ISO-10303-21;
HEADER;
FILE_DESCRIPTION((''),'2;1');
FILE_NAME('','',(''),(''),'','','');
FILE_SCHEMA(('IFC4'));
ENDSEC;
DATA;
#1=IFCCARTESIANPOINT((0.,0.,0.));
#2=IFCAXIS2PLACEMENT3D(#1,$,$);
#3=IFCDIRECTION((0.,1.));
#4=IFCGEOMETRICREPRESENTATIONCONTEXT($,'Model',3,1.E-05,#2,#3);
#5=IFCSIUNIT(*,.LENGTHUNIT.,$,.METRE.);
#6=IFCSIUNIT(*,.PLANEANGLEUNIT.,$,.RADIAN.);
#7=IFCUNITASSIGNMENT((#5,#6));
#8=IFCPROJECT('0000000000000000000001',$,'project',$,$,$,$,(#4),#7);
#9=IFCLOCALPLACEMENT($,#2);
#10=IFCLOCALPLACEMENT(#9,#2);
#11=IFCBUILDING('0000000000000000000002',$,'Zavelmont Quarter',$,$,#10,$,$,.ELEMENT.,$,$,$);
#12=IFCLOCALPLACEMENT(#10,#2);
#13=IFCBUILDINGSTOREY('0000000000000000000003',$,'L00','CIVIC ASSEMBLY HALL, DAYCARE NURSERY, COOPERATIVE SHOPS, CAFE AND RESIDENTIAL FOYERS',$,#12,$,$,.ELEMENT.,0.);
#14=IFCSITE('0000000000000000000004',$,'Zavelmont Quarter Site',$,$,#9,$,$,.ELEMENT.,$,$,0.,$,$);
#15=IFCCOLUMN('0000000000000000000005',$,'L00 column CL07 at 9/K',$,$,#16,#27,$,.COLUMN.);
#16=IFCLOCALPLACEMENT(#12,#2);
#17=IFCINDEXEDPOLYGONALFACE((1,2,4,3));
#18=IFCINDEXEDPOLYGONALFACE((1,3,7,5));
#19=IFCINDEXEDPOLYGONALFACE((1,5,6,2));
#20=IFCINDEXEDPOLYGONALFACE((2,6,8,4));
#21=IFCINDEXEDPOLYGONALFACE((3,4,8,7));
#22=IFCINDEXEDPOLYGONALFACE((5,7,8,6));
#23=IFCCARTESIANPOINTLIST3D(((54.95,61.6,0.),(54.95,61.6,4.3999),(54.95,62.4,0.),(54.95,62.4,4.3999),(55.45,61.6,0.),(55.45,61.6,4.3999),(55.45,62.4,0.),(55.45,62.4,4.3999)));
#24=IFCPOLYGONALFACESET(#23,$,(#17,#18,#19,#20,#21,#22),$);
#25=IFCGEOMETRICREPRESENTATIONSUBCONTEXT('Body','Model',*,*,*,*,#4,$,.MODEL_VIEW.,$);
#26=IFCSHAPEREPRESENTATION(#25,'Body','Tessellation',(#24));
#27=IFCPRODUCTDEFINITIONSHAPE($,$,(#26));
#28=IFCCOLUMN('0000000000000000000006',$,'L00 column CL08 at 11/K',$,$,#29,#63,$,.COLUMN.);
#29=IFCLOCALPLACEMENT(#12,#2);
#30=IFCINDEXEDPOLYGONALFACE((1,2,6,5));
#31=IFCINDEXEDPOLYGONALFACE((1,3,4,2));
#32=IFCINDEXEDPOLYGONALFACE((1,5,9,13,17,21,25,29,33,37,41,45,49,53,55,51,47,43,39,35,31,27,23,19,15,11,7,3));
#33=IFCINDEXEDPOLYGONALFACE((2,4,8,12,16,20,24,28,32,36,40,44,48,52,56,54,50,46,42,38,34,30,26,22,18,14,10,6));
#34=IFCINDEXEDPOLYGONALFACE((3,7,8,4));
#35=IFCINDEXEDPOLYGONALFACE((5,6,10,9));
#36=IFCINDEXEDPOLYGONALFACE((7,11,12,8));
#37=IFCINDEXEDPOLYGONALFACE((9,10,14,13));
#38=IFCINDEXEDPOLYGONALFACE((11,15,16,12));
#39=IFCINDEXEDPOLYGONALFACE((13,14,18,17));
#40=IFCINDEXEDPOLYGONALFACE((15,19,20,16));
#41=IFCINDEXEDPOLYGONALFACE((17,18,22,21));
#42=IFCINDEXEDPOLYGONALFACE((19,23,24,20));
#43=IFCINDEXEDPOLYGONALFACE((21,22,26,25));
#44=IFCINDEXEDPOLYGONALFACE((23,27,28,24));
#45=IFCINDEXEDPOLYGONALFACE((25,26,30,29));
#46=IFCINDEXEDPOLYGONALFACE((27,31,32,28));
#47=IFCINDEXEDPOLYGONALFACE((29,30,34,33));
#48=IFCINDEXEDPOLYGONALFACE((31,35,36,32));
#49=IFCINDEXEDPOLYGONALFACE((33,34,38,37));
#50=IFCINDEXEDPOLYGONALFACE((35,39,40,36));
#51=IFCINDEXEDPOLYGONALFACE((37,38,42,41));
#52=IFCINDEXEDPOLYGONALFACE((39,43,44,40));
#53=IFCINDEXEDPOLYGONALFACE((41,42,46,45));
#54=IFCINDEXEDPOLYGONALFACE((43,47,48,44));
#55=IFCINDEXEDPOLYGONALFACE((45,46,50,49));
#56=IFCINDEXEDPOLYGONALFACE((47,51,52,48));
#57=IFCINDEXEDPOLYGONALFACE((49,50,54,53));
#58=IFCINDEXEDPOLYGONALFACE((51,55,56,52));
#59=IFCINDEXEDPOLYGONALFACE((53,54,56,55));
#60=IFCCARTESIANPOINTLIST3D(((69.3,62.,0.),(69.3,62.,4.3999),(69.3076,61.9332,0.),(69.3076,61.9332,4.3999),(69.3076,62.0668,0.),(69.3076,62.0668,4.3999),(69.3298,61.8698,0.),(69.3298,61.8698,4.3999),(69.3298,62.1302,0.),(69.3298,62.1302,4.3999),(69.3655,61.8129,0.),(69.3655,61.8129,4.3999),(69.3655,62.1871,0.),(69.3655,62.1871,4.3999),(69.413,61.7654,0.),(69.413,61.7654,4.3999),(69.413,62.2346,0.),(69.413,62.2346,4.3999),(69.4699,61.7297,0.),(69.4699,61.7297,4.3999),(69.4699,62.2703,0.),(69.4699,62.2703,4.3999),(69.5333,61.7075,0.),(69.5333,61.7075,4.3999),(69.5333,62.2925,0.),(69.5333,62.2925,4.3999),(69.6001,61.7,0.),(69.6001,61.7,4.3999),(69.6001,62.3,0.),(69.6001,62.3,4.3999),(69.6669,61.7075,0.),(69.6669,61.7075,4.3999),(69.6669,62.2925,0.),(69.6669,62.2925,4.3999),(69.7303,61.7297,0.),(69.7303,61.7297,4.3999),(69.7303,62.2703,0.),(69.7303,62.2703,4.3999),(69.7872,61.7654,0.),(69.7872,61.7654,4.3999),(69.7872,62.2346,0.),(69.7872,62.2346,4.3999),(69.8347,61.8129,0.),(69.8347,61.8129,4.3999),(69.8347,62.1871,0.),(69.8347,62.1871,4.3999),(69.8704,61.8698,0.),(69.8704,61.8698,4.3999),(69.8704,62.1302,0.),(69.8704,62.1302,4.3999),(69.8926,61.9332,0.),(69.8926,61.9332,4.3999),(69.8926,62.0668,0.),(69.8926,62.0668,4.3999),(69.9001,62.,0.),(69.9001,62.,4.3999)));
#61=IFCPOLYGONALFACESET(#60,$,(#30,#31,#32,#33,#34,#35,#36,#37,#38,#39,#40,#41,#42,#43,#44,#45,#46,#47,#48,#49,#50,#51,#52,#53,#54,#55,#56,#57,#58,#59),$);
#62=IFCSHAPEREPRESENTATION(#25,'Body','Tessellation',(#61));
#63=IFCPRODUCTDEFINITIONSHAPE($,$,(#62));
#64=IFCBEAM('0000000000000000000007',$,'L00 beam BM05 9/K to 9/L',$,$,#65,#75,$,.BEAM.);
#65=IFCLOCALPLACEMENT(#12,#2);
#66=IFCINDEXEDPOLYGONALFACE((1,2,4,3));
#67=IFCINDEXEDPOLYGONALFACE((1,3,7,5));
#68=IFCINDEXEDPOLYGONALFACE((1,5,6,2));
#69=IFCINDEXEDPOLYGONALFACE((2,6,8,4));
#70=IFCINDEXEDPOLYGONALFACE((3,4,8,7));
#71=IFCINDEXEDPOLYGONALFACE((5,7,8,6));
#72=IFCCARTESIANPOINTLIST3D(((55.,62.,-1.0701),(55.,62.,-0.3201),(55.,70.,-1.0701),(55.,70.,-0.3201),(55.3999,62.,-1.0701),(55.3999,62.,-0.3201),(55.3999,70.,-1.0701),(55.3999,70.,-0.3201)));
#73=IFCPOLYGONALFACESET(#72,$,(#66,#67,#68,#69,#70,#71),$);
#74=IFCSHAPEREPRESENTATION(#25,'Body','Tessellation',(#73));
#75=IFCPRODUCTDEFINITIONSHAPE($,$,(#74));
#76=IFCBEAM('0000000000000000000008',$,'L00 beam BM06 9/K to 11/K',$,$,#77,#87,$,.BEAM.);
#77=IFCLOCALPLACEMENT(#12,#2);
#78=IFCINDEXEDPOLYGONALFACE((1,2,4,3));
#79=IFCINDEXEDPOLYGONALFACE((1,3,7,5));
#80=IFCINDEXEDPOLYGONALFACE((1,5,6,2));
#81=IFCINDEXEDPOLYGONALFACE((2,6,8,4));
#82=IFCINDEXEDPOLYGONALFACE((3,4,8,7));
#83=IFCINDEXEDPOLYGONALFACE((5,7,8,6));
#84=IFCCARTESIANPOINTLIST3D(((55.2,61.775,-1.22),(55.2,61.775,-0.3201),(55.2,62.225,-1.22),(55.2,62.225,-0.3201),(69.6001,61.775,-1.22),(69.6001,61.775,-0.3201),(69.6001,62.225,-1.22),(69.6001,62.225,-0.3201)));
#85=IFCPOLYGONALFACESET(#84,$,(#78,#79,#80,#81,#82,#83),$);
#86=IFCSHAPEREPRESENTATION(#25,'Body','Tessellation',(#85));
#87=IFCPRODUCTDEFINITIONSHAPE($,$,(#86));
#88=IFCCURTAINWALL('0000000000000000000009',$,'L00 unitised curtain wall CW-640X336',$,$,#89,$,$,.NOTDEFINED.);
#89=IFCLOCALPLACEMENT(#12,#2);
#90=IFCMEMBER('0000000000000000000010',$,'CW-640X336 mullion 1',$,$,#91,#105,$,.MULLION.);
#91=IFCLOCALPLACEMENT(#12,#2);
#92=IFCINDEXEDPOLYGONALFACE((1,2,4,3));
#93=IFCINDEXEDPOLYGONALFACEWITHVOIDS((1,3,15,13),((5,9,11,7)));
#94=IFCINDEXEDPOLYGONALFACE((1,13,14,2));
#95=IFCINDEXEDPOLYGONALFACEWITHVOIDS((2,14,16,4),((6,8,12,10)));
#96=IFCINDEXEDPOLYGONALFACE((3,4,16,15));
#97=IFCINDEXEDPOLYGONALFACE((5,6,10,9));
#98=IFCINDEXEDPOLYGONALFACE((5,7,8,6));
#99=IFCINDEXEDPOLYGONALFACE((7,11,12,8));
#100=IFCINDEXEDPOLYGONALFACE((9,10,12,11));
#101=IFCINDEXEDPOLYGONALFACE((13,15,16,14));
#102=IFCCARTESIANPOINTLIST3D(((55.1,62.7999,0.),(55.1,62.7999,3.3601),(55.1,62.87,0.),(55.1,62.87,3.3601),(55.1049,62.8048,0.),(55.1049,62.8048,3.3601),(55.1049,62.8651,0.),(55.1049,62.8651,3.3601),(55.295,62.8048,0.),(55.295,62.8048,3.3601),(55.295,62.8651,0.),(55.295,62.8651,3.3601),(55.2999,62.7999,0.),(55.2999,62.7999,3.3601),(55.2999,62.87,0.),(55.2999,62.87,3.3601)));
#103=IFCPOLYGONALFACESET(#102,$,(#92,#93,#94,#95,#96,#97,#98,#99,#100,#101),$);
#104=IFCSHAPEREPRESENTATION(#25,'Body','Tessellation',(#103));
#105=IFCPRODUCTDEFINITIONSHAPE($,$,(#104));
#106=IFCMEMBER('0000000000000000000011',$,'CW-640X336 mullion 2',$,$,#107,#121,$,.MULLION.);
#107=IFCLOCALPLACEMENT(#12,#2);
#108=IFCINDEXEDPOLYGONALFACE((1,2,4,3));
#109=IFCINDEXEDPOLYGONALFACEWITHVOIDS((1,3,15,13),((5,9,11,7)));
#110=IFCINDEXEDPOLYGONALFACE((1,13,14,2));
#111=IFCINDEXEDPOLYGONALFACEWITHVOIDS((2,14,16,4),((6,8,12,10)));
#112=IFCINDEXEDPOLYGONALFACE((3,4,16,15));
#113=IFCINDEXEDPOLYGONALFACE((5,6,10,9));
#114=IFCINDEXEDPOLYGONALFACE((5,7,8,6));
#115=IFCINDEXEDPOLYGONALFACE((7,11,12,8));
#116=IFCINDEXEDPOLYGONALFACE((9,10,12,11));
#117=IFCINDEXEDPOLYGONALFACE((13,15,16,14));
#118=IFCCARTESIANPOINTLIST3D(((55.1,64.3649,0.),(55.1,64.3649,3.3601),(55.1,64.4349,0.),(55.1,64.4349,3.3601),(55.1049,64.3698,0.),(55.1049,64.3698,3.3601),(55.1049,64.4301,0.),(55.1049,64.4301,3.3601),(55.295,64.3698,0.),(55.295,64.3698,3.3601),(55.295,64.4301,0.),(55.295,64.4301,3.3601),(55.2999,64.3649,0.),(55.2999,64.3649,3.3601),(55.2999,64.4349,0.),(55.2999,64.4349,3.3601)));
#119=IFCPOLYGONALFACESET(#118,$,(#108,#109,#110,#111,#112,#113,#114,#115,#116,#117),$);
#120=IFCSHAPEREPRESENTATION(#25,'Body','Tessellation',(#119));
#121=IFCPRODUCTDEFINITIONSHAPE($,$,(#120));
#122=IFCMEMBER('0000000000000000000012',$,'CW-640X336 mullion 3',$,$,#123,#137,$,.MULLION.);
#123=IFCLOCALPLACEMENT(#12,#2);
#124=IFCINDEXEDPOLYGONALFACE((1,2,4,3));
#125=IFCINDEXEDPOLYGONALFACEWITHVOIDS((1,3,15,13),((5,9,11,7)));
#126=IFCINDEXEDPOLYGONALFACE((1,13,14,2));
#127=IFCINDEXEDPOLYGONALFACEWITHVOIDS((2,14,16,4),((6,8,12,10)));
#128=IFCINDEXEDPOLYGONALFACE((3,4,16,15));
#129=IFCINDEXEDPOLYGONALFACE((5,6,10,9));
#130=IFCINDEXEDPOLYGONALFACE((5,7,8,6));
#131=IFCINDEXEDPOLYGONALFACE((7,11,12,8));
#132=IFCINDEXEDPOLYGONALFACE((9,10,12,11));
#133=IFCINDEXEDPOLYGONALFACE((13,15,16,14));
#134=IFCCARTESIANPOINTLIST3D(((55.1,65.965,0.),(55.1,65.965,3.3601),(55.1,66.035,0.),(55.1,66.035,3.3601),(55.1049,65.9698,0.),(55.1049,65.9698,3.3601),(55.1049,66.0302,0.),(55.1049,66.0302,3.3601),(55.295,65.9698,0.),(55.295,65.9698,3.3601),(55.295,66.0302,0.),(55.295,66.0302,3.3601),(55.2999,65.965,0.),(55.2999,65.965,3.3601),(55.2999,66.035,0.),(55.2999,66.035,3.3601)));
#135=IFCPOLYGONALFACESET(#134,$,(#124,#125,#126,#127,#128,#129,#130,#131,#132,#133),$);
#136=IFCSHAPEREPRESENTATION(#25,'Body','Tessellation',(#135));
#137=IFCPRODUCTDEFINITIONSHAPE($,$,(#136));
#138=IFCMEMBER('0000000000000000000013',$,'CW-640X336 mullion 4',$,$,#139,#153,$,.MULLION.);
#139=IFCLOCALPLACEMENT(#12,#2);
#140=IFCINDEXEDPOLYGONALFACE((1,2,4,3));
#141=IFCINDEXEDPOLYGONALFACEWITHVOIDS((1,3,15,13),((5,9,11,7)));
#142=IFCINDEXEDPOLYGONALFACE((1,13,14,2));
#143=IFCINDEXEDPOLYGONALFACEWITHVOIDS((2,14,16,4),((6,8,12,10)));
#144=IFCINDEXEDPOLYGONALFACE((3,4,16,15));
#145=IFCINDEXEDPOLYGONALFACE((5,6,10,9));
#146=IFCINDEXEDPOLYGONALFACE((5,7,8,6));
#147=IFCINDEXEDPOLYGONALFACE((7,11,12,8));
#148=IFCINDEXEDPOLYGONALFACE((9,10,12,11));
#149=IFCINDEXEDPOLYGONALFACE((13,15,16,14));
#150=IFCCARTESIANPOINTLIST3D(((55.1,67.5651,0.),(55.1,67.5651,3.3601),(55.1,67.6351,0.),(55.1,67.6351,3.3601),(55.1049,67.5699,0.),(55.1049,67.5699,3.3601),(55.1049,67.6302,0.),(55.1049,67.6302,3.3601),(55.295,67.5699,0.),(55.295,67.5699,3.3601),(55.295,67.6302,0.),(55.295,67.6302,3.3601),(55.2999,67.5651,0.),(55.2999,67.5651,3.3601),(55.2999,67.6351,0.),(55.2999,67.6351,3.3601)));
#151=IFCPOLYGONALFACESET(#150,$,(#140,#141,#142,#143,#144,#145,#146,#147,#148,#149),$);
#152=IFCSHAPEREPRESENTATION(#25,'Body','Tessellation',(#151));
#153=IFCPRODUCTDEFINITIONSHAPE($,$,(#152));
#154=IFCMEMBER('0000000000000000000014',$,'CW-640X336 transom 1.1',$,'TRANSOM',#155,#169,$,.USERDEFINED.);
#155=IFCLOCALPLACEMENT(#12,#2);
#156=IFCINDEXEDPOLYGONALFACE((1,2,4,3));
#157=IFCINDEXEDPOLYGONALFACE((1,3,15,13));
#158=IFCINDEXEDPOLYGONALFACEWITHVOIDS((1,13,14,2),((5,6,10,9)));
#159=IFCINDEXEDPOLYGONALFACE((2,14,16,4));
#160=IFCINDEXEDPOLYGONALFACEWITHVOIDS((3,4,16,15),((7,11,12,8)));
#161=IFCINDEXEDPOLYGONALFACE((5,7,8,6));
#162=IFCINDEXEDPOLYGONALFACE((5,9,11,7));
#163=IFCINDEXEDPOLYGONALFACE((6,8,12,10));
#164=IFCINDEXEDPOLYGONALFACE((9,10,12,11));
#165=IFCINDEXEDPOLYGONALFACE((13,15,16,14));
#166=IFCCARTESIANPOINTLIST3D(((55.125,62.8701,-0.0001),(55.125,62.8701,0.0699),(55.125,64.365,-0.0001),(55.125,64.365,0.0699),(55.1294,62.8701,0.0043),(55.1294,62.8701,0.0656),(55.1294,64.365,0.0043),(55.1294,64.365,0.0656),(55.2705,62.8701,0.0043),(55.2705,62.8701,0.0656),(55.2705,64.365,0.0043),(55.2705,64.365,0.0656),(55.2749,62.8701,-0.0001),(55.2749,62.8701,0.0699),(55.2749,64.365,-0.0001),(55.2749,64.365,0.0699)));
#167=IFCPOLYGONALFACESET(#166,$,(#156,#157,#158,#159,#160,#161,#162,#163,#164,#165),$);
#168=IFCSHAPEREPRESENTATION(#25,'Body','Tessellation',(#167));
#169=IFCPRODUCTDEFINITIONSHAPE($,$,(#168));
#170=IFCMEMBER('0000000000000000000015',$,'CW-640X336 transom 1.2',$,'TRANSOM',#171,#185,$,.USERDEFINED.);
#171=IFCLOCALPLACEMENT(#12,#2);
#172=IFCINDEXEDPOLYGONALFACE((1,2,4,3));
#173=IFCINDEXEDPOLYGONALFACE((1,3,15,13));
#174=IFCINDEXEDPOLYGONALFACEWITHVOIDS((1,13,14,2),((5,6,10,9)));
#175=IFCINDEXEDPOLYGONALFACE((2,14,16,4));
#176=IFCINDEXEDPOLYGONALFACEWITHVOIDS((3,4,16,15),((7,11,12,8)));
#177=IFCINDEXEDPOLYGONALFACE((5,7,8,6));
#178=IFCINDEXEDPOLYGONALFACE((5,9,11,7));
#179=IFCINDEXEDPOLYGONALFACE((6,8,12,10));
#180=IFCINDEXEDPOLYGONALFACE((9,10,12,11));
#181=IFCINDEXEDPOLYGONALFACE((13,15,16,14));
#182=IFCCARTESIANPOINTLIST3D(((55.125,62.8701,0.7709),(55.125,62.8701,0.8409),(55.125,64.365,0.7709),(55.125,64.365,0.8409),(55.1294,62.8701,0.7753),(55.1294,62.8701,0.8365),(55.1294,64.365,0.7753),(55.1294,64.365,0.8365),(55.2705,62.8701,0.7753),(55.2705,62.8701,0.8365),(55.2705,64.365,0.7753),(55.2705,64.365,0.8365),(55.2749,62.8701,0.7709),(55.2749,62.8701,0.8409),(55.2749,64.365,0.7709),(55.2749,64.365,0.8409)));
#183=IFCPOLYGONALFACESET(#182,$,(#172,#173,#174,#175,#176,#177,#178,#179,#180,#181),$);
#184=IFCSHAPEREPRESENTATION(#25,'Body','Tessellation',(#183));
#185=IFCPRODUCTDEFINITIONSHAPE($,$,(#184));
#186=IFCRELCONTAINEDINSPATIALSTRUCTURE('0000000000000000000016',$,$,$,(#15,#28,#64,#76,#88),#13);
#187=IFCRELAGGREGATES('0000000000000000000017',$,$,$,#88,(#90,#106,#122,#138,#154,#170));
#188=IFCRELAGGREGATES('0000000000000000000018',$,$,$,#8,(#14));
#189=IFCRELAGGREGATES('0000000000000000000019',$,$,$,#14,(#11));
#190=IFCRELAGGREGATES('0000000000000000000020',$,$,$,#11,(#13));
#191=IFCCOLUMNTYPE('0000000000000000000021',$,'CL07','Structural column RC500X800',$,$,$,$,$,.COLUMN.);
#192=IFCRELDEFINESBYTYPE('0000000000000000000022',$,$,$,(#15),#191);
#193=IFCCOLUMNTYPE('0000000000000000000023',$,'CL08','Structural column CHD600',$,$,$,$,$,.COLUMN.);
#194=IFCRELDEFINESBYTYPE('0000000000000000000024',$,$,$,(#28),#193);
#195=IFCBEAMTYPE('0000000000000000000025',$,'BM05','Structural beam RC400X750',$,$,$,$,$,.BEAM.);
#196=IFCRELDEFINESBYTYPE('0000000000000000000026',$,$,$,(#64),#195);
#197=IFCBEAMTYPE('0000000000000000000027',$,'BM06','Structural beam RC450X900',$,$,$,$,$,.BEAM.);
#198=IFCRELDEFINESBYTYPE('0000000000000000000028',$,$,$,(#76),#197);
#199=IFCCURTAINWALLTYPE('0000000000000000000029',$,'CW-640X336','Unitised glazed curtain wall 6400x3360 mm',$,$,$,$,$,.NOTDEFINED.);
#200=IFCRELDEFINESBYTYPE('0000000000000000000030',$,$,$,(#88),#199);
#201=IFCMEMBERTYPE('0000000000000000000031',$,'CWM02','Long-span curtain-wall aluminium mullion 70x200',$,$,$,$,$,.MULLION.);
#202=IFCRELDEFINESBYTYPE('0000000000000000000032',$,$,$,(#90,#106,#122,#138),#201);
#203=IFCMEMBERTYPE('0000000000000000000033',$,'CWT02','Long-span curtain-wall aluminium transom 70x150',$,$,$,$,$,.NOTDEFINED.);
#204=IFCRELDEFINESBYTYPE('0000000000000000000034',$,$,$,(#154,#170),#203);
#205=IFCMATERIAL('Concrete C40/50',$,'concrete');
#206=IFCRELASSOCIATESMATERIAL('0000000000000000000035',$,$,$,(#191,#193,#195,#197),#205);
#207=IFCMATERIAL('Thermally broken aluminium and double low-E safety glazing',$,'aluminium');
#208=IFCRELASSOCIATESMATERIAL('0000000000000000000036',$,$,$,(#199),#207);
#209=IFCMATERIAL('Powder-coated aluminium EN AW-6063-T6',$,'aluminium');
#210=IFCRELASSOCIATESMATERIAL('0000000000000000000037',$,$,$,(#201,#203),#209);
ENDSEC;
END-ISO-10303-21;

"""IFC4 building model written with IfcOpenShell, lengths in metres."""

from ifc_helpers import new_model, si_unit, direction, frame, origin, origin_2d, place, context, subcontext, project, spatial, rectangle, hollow_rectangle, circle, extrude, material, material_profile, profile_set, type_object, element, aggregate, save


model = new_model("IFC4")

# Units and contexts
model_context = context("Model", 3, precision=1e-05, world=origin(), true_north=direction((0.0, 1.0)))
body_context = subcontext(model_context, "Body", "Model", "MODEL_VIEW")
ifc_project = project(units=[si_unit("LENGTHUNIT", "METRE"), si_unit("PLANEANGLEUNIT", "RADIAN")], contexts=[model_context])

# Site, building, storey
site_placement = place(None, origin())
site = spatial("IfcSite", under=ifc_project, at=site_placement, Name="Zavelmont Quarter Site", CompositionType="ELEMENT", RefElevation=0.0)
building_placement = place(site_placement, origin())
building = spatial("IfcBuilding", under=site, at=building_placement, Name="Zavelmont Quarter", CompositionType="ELEMENT")
storey_placement = place(building_placement, origin())
storey = spatial("IfcBuildingStorey", under=building, at=storey_placement, Name="L00", Description="CIVIC ASSEMBLY HALL, DAYCARE NURSERY, COOPERATIVE SHOPS, CAFE AND RESIDENTIAL FOYERS", CompositionType="ELEMENT", Elevation=0.0)

# Columns
ifc_material_1 = material(Name="Concrete C40/50", Category="concrete")
ifc_material_profile_1 = material_profile(ifc_material_1, rectangle(XDim=0.5, YDim=0.8, at=origin_2d()), Name="RC500X800")
ifc_profile_set_1 = profile_set([ifc_material_profile_1], Name="Concrete C40/50")
column_type_1 = type_object("IfcColumnType", Name="CL07", Description="Structural column RC500X800", PredefinedType="COLUMN", material=ifc_profile_set_1)
column_1_placement = place(storey_placement, frame((55.2, 62.0, 0.0), z_axis=(0.0, 0.0, 1.0), x_axis=(1.0, 0.0, 0.0)))
element("IfcColumn", 1, at=column_1_placement, inside=storey, type_object=column_type_1, Name="L00 column CL07 at 9/K", PredefinedType="COLUMN", context=body_context, shape_type="SweptSolid", body=[
    extrude(rectangle(XDim=0.5, YDim=0.8, at=origin_2d()), origin(), (0.0, 0.0, 1.0), 4.3999),
])
ifc_material_profile_2 = material_profile(ifc_material_1, circle(Radius=0.3, at=origin_2d()), Name="CHD600")
ifc_profile_set_2 = profile_set([ifc_material_profile_2], Name="Concrete C40/50")
column_type_2 = type_object("IfcColumnType", Name="CL08", Description="Structural column CHD600", PredefinedType="COLUMN", material=ifc_profile_set_2)
column_2_placement = place(storey_placement, frame((69.6001, 62.0, 0.0), z_axis=(0.0, 0.0, 1.0), x_axis=(1.0, 0.0, 0.0)))
element("IfcColumn", 2, at=column_2_placement, inside=storey, type_object=column_type_2, Name="L00 column CL08 at 11/K", PredefinedType="COLUMN", context=body_context, shape_type="SweptSolid", body=[
    extrude(circle(Radius=0.3, at=origin_2d()), origin(), (0.0, 0.0, 1.0), 4.3999),
])

# Beams
ifc_material_profile_3 = material_profile(ifc_material_1, rectangle(XDim=0.3999, YDim=0.75, at=origin_2d()), Name="RC400X750")
ifc_profile_set_3 = profile_set([ifc_material_profile_3], Name="Concrete C40/50")
beam_type_1 = type_object("IfcBeamType", Name="BM05", Description="Structural beam RC400X750", PredefinedType="BEAM", material=ifc_profile_set_3)
beam_1_placement = place(storey_placement, frame((55.2, 62.0, -0.6951), z_axis=(0.0, 1.0, 0.0), x_axis=(-1.0, 0.0, 0.0)))
element("IfcBeam", 3, at=beam_1_placement, inside=storey, type_object=beam_type_1, Name="L00 beam BM05 9/K to 9/L", PredefinedType="BEAM", context=body_context, shape_type="SweptSolid", body=[
    extrude(rectangle(XDim=0.3999, YDim=0.75, at=origin_2d()), origin(), (0.0, 0.0, 1.0), 8.0),
])
ifc_material_profile_4 = material_profile(ifc_material_1, rectangle(XDim=0.45, YDim=0.8999, at=origin_2d()), Name="RC450X900")
ifc_profile_set_4 = profile_set([ifc_material_profile_4], Name="Concrete C40/50")
beam_type_2 = type_object("IfcBeamType", Name="BM06", Description="Structural beam RC450X900", PredefinedType="BEAM", material=ifc_profile_set_4)
beam_2_placement = place(storey_placement, frame((55.2, 62.0, -0.77), z_axis=(1.0, 0.0, 0.0), x_axis=(0.0, 1.0, 0.0)))
element("IfcBeam", 4, at=beam_2_placement, inside=storey, type_object=beam_type_2, Name="L00 beam BM06 9/K to 11/K", PredefinedType="BEAM", context=body_context, shape_type="SweptSolid", body=[
    extrude(rectangle(XDim=0.45, YDim=0.8999, at=origin_2d()), origin(), (0.0, 0.0, 1.0), 14.4001),
])

# Curtain wall, members
ifc_material_2 = material(Name="Thermally broken aluminium and double low-E safety glazing", Category="aluminium")
curtain_wall_type = type_object("IfcCurtainWallType", Name="CW-640X336", Description="Unitised glazed curtain wall 6400x3360 mm", PredefinedType="NOTDEFINED", material=ifc_material_2)
curtain_wall_placement = place(storey_placement, origin())
curtain_wall = element("IfcCurtainWall", 5, at=curtain_wall_placement, inside=storey, type_object=curtain_wall_type, Name="L00 unitised curtain wall CW-640X336", PredefinedType="NOTDEFINED")
ifc_material_3 = material(Name="Powder-coated aluminium EN AW-6063-T6", Category="aluminium")
ifc_material_profile_5 = material_profile(ifc_material_3, hollow_rectangle(XDim=0.0701, YDim=0.2, WallThickness=0.0049, at=origin_2d()), Name="CWM70X200")
ifc_profile_set_5 = profile_set([ifc_material_profile_5], Name="Powder-coated aluminium EN AW-6063-T6")
member_type_1 = type_object("IfcMemberType", Name="CWM02", Description="Long-span curtain-wall aluminium mullion 70x200", PredefinedType="MULLION", material=ifc_profile_set_5)
member_1_placement = place(storey_placement, frame((55.2, 62.835, 0.0), z_axis=(0.0, 0.0, 1.0), x_axis=(0.0, 1.0, 0.0)))
member_1 = element("IfcMember", 6, at=member_1_placement, type_object=member_type_1, Name="CW-640X336 mullion 1", PredefinedType="MULLION", context=body_context, shape_type="SweptSolid", body=[
    extrude(hollow_rectangle(XDim=0.0701, YDim=0.2, WallThickness=0.0049, at=origin_2d()), origin(), (0.0, 0.0, 1.0), 3.3601),
])
member_2_placement = place(storey_placement, frame((55.2, 64.3999, 0.0), z_axis=(0.0, 0.0, 1.0), x_axis=(0.0, 1.0, 0.0)))
member_2 = element("IfcMember", 7, at=member_2_placement, type_object=member_type_1, Name="CW-640X336 mullion 2", PredefinedType="MULLION", context=body_context, shape_type="SweptSolid", body=[
    extrude(hollow_rectangle(XDim=0.0701, YDim=0.2, WallThickness=0.0049, at=origin_2d()), origin(), (0.0, 0.0, 1.0), 3.3601),
])
member_3_placement = place(storey_placement, frame((55.2, 66.0, 0.0), z_axis=(0.0, 0.0, 1.0), x_axis=(0.0, 1.0, 0.0)))
member_3 = element("IfcMember", 8, at=member_3_placement, type_object=member_type_1, Name="CW-640X336 mullion 3", PredefinedType="MULLION", context=body_context, shape_type="SweptSolid", body=[
    extrude(hollow_rectangle(XDim=0.0701, YDim=0.2, WallThickness=0.0049, at=origin_2d()), origin(), (0.0, 0.0, 1.0), 3.3601),
])
member_4_placement = place(storey_placement, frame((55.2, 67.6001, 0.0), z_axis=(0.0, 0.0, 1.0), x_axis=(0.0, 1.0, 0.0)))
member_4 = element("IfcMember", 9, at=member_4_placement, type_object=member_type_1, Name="CW-640X336 mullion 4", PredefinedType="MULLION", context=body_context, shape_type="SweptSolid", body=[
    extrude(hollow_rectangle(XDim=0.0701, YDim=0.2, WallThickness=0.0049, at=origin_2d()), origin(), (0.0, 0.0, 1.0), 3.3601),
])
ifc_material_profile_6 = material_profile(ifc_material_3, hollow_rectangle(XDim=0.1499, YDim=0.0701, WallThickness=0.0044, at=origin_2d()), Name="CWT70X150")
ifc_profile_set_6 = profile_set([ifc_material_profile_6], Name="Powder-coated aluminium EN AW-6063-T6")
member_type_2 = type_object("IfcMemberType", Name="CWT02", Description="Long-span curtain-wall aluminium transom 70x150", PredefinedType="NOTDEFINED", material=ifc_profile_set_6)
member_5_placement = place(storey_placement, frame((55.2, 62.8701, 0.0349), z_axis=(0.0, 1.0, 0.0), x_axis=(-1.0, 0.0, 0.0)))
member_5 = element("IfcMember", 10, at=member_5_placement, type_object=member_type_2, Name="CW-640X336 transom 1.1", ObjectType="TRANSOM", PredefinedType="USERDEFINED", context=body_context, shape_type="SweptSolid", body=[
    extrude(hollow_rectangle(XDim=0.1499, YDim=0.0701, WallThickness=0.0044, at=origin_2d()), origin(), (0.0, 0.0, 1.0), 1.4949),
])
member_6_placement = place(storey_placement, frame((55.2, 62.8701, 0.8059), z_axis=(0.0, 1.0, 0.0), x_axis=(-1.0, 0.0, 0.0)))
member_6 = element("IfcMember", 11, at=member_6_placement, type_object=member_type_2, Name="CW-640X336 transom 1.2", ObjectType="TRANSOM", PredefinedType="USERDEFINED", context=body_context, shape_type="SweptSolid", body=[
    extrude(hollow_rectangle(XDim=0.1499, YDim=0.0701, WallThickness=0.0044, at=origin_2d()), origin(), (0.0, 0.0, 1.0), 1.4949),
])
aggregate(curtain_wall, [member_1, member_2, member_3, member_4, member_5, member_6])

save(model, "model.ifc")
